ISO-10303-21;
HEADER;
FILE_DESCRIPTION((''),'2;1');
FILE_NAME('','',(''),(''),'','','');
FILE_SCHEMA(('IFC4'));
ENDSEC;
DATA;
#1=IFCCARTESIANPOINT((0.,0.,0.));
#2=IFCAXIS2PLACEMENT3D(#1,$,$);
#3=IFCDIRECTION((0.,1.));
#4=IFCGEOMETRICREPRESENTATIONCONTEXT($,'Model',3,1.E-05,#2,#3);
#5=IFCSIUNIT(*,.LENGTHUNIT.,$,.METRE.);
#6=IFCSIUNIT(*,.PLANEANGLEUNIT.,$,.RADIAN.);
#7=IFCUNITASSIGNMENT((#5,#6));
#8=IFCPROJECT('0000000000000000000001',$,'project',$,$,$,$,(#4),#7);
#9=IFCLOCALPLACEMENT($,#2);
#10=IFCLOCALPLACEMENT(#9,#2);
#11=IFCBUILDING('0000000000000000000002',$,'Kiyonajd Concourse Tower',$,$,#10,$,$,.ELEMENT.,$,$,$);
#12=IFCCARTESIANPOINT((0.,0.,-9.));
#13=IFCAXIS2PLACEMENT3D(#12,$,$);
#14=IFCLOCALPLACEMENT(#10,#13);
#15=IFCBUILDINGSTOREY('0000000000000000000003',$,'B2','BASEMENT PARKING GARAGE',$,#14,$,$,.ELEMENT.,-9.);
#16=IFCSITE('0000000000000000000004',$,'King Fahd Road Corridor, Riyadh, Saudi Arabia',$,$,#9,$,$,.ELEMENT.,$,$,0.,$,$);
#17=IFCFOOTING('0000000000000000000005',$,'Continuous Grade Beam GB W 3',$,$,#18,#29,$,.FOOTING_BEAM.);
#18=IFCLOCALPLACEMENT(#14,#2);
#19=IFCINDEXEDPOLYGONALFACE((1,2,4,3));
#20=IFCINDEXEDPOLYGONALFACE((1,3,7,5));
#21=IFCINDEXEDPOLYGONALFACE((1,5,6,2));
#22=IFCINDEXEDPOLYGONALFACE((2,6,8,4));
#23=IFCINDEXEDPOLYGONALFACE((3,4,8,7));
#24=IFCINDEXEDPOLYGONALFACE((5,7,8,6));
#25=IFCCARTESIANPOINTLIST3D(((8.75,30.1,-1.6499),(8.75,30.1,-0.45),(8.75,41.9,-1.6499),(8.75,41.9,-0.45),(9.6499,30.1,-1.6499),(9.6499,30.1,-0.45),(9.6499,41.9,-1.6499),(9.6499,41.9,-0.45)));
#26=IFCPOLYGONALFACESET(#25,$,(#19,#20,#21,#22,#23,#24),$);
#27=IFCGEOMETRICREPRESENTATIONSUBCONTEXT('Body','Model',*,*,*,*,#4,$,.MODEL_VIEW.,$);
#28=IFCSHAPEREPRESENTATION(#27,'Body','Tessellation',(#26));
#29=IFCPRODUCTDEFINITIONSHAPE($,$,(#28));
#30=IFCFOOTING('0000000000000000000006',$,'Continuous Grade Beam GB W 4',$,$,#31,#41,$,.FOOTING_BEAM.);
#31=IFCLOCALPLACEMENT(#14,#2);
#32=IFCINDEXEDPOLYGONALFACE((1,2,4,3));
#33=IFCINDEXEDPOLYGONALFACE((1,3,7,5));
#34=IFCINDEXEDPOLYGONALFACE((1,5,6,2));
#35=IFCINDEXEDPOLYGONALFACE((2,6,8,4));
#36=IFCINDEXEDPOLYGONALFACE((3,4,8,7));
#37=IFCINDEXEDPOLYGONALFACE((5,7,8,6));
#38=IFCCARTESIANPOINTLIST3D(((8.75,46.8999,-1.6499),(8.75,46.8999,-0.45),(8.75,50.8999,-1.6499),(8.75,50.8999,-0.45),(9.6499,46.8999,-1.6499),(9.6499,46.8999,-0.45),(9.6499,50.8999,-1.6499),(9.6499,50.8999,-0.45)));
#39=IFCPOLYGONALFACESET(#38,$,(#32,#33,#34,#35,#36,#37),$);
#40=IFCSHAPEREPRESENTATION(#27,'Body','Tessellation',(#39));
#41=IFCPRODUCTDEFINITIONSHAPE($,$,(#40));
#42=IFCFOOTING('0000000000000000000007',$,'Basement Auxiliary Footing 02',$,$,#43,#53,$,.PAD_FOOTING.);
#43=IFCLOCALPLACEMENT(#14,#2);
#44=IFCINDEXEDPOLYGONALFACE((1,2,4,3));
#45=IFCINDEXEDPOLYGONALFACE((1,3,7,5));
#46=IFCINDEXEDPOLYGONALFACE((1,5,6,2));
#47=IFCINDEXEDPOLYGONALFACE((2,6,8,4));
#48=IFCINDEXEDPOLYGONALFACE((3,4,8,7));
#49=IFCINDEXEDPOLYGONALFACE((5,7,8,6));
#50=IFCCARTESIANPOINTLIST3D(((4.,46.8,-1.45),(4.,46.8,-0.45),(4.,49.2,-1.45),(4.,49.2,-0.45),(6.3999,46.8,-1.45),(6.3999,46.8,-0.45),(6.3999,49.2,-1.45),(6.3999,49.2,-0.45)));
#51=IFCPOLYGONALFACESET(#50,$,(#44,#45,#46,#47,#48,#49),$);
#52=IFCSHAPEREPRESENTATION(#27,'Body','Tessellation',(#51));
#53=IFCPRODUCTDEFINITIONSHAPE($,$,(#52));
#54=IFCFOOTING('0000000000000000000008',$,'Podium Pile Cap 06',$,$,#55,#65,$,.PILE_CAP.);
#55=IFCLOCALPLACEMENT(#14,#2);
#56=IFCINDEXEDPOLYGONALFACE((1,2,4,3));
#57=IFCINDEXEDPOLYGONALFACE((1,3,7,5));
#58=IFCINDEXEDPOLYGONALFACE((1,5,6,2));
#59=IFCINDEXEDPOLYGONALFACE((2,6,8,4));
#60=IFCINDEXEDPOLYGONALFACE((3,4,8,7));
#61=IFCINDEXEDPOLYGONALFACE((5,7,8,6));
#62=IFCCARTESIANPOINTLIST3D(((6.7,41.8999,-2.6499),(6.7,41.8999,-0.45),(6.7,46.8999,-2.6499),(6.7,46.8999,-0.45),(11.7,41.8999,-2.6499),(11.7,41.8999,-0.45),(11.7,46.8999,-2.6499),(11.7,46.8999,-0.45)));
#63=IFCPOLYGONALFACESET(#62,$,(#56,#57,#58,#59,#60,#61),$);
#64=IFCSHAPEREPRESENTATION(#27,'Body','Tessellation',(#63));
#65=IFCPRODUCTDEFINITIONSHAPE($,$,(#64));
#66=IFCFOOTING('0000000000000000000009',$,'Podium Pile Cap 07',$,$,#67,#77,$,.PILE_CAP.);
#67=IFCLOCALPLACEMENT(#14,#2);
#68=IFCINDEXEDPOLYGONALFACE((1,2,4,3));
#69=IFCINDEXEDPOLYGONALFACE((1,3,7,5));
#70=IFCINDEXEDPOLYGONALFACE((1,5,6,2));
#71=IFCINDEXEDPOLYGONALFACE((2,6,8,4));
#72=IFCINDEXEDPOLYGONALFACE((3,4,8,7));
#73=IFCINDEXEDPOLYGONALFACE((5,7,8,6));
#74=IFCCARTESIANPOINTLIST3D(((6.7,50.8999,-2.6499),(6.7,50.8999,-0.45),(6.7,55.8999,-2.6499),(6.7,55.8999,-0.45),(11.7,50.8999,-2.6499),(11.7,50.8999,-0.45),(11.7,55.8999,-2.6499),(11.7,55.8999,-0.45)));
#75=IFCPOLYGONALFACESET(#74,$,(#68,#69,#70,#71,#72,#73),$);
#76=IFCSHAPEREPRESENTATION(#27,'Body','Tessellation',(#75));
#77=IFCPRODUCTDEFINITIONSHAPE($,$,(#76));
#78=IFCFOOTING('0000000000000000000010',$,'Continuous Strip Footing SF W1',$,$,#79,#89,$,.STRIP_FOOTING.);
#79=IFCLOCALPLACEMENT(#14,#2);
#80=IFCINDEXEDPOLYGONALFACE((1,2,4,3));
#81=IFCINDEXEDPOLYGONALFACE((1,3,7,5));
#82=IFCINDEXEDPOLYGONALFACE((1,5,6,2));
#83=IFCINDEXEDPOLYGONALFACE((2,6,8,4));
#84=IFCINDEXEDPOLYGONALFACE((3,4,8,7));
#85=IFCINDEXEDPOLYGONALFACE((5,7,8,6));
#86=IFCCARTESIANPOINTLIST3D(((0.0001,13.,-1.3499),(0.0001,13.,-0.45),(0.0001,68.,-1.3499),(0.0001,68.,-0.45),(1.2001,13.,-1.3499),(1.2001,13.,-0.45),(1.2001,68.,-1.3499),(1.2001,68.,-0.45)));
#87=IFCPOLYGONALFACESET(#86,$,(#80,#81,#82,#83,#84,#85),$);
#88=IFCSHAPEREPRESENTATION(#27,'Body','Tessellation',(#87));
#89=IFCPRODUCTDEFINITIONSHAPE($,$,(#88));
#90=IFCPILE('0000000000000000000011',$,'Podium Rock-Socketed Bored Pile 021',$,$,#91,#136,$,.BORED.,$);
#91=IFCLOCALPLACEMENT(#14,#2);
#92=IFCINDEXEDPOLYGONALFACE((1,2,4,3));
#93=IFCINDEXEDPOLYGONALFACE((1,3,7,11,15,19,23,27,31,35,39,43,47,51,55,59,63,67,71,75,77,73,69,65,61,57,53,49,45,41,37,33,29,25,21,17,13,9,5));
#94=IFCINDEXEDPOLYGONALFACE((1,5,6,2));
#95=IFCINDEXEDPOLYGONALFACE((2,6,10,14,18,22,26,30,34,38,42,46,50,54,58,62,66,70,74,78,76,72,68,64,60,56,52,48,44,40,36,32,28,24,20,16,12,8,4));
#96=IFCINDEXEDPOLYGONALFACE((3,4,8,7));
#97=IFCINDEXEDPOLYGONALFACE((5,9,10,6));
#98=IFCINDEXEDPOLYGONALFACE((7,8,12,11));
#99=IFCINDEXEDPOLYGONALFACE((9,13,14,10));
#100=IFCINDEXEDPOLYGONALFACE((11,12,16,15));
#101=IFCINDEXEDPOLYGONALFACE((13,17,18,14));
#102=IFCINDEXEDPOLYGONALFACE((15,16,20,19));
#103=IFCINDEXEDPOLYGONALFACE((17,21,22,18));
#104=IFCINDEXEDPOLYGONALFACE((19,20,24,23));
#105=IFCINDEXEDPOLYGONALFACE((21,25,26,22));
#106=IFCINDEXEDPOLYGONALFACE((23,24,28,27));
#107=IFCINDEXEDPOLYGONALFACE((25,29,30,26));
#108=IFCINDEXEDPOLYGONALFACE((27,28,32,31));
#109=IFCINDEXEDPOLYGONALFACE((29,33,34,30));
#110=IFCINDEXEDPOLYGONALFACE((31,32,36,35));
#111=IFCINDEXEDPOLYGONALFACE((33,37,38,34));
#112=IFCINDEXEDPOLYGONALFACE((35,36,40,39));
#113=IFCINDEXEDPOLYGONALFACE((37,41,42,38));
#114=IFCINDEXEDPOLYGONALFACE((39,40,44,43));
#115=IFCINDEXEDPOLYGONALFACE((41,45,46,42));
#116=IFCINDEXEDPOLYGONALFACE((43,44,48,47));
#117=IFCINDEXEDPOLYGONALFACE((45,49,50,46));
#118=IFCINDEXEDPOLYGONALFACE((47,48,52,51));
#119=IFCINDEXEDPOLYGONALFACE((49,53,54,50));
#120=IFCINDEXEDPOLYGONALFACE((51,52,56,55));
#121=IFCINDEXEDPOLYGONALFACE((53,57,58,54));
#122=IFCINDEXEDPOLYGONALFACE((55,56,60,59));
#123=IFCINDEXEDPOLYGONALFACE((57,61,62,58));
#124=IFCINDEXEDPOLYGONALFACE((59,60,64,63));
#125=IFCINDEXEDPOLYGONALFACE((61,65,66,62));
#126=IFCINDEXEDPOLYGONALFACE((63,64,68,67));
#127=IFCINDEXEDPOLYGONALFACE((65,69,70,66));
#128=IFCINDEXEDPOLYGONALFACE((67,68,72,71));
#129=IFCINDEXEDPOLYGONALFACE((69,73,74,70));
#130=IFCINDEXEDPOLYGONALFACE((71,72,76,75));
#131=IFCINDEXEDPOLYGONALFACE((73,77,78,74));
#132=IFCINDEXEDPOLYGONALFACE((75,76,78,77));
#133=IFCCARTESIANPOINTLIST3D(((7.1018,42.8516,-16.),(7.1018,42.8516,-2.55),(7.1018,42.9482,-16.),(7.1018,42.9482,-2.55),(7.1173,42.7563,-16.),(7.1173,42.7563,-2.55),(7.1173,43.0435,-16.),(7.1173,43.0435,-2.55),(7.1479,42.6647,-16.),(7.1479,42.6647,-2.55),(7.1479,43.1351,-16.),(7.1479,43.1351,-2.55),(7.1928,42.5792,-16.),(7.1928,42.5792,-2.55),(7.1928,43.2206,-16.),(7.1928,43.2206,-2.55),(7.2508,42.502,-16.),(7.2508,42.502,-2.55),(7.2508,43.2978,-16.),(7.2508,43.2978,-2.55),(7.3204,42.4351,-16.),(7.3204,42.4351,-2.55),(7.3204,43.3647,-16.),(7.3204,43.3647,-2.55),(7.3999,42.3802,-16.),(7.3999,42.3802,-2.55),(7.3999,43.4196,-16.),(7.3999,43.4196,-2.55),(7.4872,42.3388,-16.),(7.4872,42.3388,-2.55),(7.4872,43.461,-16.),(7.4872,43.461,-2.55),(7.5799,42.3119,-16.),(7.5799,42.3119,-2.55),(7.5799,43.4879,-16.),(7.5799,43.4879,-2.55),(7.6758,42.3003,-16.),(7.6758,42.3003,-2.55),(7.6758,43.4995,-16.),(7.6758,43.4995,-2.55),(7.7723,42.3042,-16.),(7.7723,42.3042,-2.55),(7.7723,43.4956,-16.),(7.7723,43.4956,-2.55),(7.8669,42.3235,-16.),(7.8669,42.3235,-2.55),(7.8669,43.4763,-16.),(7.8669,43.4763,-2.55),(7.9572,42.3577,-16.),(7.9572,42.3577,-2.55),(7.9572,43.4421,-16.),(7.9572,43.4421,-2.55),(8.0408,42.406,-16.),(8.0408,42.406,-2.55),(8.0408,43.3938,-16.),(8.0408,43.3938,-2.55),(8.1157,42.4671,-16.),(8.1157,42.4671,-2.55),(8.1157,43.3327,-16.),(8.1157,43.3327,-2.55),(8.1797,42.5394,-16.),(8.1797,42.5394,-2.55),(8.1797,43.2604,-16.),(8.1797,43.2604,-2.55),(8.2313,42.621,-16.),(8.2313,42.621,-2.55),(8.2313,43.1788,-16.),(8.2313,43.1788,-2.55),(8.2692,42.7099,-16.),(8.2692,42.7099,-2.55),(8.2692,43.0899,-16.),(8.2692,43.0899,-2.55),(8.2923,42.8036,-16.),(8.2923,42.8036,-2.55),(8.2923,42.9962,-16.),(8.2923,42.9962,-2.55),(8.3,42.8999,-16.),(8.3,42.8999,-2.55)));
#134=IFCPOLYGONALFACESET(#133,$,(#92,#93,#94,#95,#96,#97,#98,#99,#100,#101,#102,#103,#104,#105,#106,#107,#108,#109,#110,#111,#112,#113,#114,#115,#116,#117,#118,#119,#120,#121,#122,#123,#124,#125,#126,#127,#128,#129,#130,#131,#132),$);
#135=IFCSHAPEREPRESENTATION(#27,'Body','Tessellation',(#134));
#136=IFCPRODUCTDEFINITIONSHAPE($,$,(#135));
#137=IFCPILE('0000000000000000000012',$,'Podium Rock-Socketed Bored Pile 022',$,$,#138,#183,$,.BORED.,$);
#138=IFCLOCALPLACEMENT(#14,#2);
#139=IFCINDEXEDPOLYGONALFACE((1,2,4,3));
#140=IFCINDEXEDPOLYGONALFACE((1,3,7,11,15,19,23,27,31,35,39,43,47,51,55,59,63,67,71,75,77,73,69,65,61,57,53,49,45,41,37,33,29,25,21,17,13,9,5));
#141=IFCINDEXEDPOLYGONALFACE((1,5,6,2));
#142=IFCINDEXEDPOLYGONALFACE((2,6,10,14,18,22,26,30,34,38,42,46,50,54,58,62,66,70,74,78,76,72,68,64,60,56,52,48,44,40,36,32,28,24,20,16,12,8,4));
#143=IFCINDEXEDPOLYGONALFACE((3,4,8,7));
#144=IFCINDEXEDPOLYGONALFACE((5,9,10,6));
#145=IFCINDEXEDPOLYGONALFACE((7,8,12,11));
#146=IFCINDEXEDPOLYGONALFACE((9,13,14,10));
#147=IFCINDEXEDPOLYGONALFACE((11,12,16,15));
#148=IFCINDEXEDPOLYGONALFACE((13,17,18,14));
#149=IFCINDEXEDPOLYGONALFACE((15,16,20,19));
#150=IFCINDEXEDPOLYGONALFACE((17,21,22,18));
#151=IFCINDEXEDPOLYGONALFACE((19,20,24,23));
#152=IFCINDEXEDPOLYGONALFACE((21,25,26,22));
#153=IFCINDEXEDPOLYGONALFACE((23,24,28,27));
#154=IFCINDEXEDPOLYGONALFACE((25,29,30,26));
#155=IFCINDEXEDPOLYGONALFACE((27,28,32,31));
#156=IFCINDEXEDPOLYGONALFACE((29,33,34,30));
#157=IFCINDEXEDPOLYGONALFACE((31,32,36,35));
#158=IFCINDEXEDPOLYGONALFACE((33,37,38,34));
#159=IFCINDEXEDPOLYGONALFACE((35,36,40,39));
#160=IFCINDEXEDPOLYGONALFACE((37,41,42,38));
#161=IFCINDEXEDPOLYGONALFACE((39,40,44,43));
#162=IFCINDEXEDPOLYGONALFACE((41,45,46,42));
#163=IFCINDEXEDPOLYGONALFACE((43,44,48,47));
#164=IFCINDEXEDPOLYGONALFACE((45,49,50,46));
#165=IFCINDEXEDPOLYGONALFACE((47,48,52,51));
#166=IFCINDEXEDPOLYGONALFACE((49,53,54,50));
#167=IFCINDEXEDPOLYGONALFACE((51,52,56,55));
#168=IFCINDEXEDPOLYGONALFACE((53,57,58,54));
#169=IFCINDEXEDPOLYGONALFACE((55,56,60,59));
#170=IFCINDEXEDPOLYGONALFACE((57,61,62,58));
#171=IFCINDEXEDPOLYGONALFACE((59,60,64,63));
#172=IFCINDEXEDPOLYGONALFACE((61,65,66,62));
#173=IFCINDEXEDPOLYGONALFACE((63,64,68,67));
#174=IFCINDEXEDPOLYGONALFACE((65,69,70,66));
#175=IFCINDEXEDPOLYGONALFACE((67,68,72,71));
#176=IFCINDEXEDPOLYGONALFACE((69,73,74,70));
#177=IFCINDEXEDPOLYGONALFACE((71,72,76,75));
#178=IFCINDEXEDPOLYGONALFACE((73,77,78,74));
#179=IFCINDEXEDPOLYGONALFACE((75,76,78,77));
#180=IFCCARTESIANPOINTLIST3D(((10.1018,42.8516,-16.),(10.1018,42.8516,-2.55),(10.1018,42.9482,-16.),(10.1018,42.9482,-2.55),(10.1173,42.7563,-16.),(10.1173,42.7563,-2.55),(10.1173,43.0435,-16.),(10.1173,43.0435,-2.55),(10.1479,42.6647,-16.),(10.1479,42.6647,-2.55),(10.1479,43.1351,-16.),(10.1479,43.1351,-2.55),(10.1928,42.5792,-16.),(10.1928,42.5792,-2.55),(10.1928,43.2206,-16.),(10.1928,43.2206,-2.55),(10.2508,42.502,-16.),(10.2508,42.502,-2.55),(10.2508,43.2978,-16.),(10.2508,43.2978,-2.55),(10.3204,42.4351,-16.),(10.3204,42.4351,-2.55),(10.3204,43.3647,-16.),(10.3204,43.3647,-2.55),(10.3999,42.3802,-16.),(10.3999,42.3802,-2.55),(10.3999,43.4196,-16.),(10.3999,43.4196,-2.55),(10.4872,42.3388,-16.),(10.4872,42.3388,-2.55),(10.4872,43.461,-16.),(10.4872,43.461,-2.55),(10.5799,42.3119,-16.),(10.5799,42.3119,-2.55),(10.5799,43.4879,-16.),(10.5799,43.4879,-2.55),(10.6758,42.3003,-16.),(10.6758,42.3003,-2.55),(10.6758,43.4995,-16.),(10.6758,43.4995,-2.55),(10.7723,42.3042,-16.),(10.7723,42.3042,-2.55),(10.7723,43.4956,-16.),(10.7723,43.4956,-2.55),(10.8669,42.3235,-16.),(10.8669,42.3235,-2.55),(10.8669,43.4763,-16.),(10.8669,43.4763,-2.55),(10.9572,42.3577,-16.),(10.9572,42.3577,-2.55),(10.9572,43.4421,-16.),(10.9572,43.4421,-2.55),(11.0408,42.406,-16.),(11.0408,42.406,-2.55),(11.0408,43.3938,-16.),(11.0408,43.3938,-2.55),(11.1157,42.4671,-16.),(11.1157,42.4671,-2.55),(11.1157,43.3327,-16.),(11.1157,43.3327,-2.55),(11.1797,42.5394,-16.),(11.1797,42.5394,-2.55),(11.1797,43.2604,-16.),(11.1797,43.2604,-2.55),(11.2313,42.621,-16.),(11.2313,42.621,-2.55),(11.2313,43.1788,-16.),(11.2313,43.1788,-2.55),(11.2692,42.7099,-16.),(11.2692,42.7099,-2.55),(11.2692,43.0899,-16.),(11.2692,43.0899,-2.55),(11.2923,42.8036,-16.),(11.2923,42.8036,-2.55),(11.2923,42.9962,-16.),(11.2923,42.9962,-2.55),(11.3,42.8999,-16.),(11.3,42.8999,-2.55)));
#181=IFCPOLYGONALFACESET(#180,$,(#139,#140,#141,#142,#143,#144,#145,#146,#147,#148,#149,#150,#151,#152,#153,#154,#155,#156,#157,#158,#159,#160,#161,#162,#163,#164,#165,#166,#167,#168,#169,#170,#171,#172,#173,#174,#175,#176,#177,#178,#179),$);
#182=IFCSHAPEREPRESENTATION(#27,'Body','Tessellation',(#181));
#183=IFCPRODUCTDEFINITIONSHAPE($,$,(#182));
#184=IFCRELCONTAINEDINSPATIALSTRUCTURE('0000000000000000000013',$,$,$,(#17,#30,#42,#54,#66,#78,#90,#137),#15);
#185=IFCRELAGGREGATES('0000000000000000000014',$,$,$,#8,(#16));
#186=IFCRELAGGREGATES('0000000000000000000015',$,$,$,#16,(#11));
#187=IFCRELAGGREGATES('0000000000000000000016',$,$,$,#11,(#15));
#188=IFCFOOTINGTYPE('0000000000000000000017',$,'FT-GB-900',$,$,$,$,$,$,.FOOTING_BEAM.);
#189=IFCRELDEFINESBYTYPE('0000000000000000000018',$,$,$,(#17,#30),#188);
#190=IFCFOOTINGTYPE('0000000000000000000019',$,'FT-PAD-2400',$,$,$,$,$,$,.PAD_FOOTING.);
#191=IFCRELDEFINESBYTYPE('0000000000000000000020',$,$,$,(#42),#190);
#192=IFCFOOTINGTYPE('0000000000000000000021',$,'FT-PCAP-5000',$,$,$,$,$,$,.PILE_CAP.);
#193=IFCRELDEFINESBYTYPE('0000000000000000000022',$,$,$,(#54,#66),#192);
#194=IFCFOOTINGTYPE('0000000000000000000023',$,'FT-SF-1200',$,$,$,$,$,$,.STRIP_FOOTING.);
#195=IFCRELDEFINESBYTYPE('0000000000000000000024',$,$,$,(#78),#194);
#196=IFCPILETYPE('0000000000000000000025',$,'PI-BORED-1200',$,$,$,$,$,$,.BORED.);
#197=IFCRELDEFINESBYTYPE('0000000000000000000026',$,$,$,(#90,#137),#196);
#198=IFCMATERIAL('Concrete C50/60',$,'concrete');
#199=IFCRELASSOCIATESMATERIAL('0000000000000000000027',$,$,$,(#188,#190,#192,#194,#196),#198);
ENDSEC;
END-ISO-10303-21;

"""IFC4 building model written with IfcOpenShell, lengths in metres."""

from ifc_helpers import new_model, si_unit, direction, frame, origin, origin_2d, place, context, subcontext, project, spatial, rectangle, circle, extrude, material, material_profile, profile_set, type_object, element, save


model = new_model("IFC4")

# Units and contexts
model_context = context("Model", 3, precision=1e-05, world=origin(), true_north=direction((0.0, 1.0)))
body_context = subcontext(model_context, "Body", "Model", "MODEL_VIEW")
ifc_project = project(units=[si_unit("LENGTHUNIT", "METRE"), si_unit("PLANEANGLEUNIT", "RADIAN")], contexts=[model_context])

# Site, building, storey
site_placement = place(None, origin())
site = spatial("IfcSite", under=ifc_project, at=site_placement, Name="King Fahd Road Corridor, Riyadh, Saudi Arabia", CompositionType="ELEMENT", RefElevation=0.0)
building_placement = place(site_placement, origin())
building = spatial("IfcBuilding", under=site, at=building_placement, Name="Kiyonajd Concourse Tower", CompositionType="ELEMENT")
storey_placement = place(building_placement, frame((0.0, 0.0, -9.0)))
storey = spatial("IfcBuildingStorey", under=building, at=storey_placement, Name="B2", Description="BASEMENT PARKING GARAGE", CompositionType="ELEMENT", Elevation=-9.0)

# Footings
ifc_material_1 = material(Name="Concrete C50/60", Category="concrete")
footing_type_1 = type_object("IfcFootingType", Name="FT-GB-900", PredefinedType="FOOTING_BEAM", material=ifc_material_1)
footing_1_placement = place(storey_placement, frame((9.2, 36.0, -1.6499), z_axis=(0.0, 0.0, 1.0), x_axis=(0.0, 1.0, 0.0)))
element("IfcFooting", 1, at=footing_1_placement, inside=storey, type_object=footing_type_1, Name="Continuous Grade Beam GB W 3", PredefinedType="FOOTING_BEAM", context=body_context, shape_type="SweptSolid", body=[
    extrude(rectangle(XDim=11.8, YDim=0.8999, at=origin_2d()), origin(), (0.0, 0.0, 1.0), 1.2),
])
footing_2_placement = place(storey_placement, frame((9.2, 48.8999, -1.6499), z_axis=(0.0, 0.0, 1.0), x_axis=(0.0, 1.0, 0.0)))
element("IfcFooting", 2, at=footing_2_placement, inside=storey, type_object=footing_type_1, Name="Continuous Grade Beam GB W 4", PredefinedType="FOOTING_BEAM", context=body_context, shape_type="SweptSolid", body=[
    extrude(rectangle(XDim=4.0, YDim=0.8999, at=origin_2d()), origin(), (0.0, 0.0, 1.0), 1.2),
])
footing_type_2 = type_object("IfcFootingType", Name="FT-PAD-2400", PredefinedType="PAD_FOOTING", material=ifc_material_1)
footing_3_placement = place(storey_placement, frame((5.2, 48.0, -1.45), z_axis=(0.0, 0.0, 1.0), x_axis=(1.0, 0.0, 0.0)))
element("IfcFooting", 3, at=footing_3_placement, inside=storey, type_object=footing_type_2, Name="Basement Auxiliary Footing 02", PredefinedType="PAD_FOOTING", context=body_context, shape_type="SweptSolid", body=[
    extrude(rectangle(XDim=2.3999, YDim=2.3999, at=origin_2d()), origin(), (0.0, 0.0, 1.0), 1.0),
])
footing_type_3 = type_object("IfcFootingType", Name="FT-PCAP-5000", PredefinedType="PILE_CAP", material=ifc_material_1)
for number, where, z_axis, x_axis, name in (
    (4, (9.2, 44.3999, -2.6499), (0.0, 0.0, 1.0), (1.0, 0.0, 0.0), "Podium Pile Cap 06"),
    (5, (9.2, 53.3999, -2.6499), (0.0, 0.0, 1.0), (1.0, 0.0, 0.0), "Podium Pile Cap 07"),
):
    element("IfcFooting", number, at=place(storey_placement, frame(where, z_axis=z_axis, x_axis=x_axis)), inside=storey, type_object=footing_type_3, Name=name, PredefinedType="PILE_CAP", context=body_context, shape_type="SweptSolid", body=[
        extrude(rectangle(XDim=5.0, YDim=5.0, at=origin_2d()), origin(), (0.0, 0.0, 1.0), 2.2),
    ])
footing_type_4 = type_object("IfcFootingType", Name="FT-SF-1200", PredefinedType="STRIP_FOOTING", material=ifc_material_1)
footing_4_placement = place(storey_placement, frame((0.6001, 40.5, -1.3499), z_axis=(0.0, 0.0, 1.0), x_axis=(0.0, 1.0, 0.0)))
element("IfcFooting", 6, at=footing_4_placement, inside=storey, type_object=footing_type_4, Name="Continuous Strip Footing SF W1", PredefinedType="STRIP_FOOTING", context=body_context, shape_type="SweptSolid", body=[
    extrude(rectangle(XDim=55.0, YDim=1.2, at=origin_2d()), origin(), (0.0, 0.0, 1.0), 0.8999),
])

# Piles
ifc_material_profile_1 = material_profile(ifc_material_1, circle(Radius=0.6001, at=origin_2d()), Name="PILE-D1200")
ifc_profile_set_1 = profile_set([ifc_material_profile_1], Name="Concrete C50/60")
pile_type = type_object("IfcPileType", Name="PI-BORED-1200", PredefinedType="BORED", material=ifc_profile_set_1)
for number, where, z_axis, x_axis, name in (
    (7, (7.7, 42.8999, -2.55), (0.0, 0.0, -1.0), (1.0, 0.0, 0.0), "Podium Rock-Socketed Bored Pile 021"),
    (8, (10.7, 42.8999, -2.55), (0.0, 0.0, -1.0), (1.0, 0.0, 0.0), "Podium Rock-Socketed Bored Pile 022"),
):
    element("IfcPile", number, at=place(storey_placement, frame(where, z_axis=z_axis, x_axis=x_axis)), inside=storey, type_object=pile_type, Name=name, PredefinedType="BORED", context=body_context, shape_type="SweptSolid", body=[
        extrude(circle(Radius=0.6001, at=origin_2d()), origin(), (0.0, 0.0, 1.0), 13.45),
    ])

save(model, "model.ifc")
